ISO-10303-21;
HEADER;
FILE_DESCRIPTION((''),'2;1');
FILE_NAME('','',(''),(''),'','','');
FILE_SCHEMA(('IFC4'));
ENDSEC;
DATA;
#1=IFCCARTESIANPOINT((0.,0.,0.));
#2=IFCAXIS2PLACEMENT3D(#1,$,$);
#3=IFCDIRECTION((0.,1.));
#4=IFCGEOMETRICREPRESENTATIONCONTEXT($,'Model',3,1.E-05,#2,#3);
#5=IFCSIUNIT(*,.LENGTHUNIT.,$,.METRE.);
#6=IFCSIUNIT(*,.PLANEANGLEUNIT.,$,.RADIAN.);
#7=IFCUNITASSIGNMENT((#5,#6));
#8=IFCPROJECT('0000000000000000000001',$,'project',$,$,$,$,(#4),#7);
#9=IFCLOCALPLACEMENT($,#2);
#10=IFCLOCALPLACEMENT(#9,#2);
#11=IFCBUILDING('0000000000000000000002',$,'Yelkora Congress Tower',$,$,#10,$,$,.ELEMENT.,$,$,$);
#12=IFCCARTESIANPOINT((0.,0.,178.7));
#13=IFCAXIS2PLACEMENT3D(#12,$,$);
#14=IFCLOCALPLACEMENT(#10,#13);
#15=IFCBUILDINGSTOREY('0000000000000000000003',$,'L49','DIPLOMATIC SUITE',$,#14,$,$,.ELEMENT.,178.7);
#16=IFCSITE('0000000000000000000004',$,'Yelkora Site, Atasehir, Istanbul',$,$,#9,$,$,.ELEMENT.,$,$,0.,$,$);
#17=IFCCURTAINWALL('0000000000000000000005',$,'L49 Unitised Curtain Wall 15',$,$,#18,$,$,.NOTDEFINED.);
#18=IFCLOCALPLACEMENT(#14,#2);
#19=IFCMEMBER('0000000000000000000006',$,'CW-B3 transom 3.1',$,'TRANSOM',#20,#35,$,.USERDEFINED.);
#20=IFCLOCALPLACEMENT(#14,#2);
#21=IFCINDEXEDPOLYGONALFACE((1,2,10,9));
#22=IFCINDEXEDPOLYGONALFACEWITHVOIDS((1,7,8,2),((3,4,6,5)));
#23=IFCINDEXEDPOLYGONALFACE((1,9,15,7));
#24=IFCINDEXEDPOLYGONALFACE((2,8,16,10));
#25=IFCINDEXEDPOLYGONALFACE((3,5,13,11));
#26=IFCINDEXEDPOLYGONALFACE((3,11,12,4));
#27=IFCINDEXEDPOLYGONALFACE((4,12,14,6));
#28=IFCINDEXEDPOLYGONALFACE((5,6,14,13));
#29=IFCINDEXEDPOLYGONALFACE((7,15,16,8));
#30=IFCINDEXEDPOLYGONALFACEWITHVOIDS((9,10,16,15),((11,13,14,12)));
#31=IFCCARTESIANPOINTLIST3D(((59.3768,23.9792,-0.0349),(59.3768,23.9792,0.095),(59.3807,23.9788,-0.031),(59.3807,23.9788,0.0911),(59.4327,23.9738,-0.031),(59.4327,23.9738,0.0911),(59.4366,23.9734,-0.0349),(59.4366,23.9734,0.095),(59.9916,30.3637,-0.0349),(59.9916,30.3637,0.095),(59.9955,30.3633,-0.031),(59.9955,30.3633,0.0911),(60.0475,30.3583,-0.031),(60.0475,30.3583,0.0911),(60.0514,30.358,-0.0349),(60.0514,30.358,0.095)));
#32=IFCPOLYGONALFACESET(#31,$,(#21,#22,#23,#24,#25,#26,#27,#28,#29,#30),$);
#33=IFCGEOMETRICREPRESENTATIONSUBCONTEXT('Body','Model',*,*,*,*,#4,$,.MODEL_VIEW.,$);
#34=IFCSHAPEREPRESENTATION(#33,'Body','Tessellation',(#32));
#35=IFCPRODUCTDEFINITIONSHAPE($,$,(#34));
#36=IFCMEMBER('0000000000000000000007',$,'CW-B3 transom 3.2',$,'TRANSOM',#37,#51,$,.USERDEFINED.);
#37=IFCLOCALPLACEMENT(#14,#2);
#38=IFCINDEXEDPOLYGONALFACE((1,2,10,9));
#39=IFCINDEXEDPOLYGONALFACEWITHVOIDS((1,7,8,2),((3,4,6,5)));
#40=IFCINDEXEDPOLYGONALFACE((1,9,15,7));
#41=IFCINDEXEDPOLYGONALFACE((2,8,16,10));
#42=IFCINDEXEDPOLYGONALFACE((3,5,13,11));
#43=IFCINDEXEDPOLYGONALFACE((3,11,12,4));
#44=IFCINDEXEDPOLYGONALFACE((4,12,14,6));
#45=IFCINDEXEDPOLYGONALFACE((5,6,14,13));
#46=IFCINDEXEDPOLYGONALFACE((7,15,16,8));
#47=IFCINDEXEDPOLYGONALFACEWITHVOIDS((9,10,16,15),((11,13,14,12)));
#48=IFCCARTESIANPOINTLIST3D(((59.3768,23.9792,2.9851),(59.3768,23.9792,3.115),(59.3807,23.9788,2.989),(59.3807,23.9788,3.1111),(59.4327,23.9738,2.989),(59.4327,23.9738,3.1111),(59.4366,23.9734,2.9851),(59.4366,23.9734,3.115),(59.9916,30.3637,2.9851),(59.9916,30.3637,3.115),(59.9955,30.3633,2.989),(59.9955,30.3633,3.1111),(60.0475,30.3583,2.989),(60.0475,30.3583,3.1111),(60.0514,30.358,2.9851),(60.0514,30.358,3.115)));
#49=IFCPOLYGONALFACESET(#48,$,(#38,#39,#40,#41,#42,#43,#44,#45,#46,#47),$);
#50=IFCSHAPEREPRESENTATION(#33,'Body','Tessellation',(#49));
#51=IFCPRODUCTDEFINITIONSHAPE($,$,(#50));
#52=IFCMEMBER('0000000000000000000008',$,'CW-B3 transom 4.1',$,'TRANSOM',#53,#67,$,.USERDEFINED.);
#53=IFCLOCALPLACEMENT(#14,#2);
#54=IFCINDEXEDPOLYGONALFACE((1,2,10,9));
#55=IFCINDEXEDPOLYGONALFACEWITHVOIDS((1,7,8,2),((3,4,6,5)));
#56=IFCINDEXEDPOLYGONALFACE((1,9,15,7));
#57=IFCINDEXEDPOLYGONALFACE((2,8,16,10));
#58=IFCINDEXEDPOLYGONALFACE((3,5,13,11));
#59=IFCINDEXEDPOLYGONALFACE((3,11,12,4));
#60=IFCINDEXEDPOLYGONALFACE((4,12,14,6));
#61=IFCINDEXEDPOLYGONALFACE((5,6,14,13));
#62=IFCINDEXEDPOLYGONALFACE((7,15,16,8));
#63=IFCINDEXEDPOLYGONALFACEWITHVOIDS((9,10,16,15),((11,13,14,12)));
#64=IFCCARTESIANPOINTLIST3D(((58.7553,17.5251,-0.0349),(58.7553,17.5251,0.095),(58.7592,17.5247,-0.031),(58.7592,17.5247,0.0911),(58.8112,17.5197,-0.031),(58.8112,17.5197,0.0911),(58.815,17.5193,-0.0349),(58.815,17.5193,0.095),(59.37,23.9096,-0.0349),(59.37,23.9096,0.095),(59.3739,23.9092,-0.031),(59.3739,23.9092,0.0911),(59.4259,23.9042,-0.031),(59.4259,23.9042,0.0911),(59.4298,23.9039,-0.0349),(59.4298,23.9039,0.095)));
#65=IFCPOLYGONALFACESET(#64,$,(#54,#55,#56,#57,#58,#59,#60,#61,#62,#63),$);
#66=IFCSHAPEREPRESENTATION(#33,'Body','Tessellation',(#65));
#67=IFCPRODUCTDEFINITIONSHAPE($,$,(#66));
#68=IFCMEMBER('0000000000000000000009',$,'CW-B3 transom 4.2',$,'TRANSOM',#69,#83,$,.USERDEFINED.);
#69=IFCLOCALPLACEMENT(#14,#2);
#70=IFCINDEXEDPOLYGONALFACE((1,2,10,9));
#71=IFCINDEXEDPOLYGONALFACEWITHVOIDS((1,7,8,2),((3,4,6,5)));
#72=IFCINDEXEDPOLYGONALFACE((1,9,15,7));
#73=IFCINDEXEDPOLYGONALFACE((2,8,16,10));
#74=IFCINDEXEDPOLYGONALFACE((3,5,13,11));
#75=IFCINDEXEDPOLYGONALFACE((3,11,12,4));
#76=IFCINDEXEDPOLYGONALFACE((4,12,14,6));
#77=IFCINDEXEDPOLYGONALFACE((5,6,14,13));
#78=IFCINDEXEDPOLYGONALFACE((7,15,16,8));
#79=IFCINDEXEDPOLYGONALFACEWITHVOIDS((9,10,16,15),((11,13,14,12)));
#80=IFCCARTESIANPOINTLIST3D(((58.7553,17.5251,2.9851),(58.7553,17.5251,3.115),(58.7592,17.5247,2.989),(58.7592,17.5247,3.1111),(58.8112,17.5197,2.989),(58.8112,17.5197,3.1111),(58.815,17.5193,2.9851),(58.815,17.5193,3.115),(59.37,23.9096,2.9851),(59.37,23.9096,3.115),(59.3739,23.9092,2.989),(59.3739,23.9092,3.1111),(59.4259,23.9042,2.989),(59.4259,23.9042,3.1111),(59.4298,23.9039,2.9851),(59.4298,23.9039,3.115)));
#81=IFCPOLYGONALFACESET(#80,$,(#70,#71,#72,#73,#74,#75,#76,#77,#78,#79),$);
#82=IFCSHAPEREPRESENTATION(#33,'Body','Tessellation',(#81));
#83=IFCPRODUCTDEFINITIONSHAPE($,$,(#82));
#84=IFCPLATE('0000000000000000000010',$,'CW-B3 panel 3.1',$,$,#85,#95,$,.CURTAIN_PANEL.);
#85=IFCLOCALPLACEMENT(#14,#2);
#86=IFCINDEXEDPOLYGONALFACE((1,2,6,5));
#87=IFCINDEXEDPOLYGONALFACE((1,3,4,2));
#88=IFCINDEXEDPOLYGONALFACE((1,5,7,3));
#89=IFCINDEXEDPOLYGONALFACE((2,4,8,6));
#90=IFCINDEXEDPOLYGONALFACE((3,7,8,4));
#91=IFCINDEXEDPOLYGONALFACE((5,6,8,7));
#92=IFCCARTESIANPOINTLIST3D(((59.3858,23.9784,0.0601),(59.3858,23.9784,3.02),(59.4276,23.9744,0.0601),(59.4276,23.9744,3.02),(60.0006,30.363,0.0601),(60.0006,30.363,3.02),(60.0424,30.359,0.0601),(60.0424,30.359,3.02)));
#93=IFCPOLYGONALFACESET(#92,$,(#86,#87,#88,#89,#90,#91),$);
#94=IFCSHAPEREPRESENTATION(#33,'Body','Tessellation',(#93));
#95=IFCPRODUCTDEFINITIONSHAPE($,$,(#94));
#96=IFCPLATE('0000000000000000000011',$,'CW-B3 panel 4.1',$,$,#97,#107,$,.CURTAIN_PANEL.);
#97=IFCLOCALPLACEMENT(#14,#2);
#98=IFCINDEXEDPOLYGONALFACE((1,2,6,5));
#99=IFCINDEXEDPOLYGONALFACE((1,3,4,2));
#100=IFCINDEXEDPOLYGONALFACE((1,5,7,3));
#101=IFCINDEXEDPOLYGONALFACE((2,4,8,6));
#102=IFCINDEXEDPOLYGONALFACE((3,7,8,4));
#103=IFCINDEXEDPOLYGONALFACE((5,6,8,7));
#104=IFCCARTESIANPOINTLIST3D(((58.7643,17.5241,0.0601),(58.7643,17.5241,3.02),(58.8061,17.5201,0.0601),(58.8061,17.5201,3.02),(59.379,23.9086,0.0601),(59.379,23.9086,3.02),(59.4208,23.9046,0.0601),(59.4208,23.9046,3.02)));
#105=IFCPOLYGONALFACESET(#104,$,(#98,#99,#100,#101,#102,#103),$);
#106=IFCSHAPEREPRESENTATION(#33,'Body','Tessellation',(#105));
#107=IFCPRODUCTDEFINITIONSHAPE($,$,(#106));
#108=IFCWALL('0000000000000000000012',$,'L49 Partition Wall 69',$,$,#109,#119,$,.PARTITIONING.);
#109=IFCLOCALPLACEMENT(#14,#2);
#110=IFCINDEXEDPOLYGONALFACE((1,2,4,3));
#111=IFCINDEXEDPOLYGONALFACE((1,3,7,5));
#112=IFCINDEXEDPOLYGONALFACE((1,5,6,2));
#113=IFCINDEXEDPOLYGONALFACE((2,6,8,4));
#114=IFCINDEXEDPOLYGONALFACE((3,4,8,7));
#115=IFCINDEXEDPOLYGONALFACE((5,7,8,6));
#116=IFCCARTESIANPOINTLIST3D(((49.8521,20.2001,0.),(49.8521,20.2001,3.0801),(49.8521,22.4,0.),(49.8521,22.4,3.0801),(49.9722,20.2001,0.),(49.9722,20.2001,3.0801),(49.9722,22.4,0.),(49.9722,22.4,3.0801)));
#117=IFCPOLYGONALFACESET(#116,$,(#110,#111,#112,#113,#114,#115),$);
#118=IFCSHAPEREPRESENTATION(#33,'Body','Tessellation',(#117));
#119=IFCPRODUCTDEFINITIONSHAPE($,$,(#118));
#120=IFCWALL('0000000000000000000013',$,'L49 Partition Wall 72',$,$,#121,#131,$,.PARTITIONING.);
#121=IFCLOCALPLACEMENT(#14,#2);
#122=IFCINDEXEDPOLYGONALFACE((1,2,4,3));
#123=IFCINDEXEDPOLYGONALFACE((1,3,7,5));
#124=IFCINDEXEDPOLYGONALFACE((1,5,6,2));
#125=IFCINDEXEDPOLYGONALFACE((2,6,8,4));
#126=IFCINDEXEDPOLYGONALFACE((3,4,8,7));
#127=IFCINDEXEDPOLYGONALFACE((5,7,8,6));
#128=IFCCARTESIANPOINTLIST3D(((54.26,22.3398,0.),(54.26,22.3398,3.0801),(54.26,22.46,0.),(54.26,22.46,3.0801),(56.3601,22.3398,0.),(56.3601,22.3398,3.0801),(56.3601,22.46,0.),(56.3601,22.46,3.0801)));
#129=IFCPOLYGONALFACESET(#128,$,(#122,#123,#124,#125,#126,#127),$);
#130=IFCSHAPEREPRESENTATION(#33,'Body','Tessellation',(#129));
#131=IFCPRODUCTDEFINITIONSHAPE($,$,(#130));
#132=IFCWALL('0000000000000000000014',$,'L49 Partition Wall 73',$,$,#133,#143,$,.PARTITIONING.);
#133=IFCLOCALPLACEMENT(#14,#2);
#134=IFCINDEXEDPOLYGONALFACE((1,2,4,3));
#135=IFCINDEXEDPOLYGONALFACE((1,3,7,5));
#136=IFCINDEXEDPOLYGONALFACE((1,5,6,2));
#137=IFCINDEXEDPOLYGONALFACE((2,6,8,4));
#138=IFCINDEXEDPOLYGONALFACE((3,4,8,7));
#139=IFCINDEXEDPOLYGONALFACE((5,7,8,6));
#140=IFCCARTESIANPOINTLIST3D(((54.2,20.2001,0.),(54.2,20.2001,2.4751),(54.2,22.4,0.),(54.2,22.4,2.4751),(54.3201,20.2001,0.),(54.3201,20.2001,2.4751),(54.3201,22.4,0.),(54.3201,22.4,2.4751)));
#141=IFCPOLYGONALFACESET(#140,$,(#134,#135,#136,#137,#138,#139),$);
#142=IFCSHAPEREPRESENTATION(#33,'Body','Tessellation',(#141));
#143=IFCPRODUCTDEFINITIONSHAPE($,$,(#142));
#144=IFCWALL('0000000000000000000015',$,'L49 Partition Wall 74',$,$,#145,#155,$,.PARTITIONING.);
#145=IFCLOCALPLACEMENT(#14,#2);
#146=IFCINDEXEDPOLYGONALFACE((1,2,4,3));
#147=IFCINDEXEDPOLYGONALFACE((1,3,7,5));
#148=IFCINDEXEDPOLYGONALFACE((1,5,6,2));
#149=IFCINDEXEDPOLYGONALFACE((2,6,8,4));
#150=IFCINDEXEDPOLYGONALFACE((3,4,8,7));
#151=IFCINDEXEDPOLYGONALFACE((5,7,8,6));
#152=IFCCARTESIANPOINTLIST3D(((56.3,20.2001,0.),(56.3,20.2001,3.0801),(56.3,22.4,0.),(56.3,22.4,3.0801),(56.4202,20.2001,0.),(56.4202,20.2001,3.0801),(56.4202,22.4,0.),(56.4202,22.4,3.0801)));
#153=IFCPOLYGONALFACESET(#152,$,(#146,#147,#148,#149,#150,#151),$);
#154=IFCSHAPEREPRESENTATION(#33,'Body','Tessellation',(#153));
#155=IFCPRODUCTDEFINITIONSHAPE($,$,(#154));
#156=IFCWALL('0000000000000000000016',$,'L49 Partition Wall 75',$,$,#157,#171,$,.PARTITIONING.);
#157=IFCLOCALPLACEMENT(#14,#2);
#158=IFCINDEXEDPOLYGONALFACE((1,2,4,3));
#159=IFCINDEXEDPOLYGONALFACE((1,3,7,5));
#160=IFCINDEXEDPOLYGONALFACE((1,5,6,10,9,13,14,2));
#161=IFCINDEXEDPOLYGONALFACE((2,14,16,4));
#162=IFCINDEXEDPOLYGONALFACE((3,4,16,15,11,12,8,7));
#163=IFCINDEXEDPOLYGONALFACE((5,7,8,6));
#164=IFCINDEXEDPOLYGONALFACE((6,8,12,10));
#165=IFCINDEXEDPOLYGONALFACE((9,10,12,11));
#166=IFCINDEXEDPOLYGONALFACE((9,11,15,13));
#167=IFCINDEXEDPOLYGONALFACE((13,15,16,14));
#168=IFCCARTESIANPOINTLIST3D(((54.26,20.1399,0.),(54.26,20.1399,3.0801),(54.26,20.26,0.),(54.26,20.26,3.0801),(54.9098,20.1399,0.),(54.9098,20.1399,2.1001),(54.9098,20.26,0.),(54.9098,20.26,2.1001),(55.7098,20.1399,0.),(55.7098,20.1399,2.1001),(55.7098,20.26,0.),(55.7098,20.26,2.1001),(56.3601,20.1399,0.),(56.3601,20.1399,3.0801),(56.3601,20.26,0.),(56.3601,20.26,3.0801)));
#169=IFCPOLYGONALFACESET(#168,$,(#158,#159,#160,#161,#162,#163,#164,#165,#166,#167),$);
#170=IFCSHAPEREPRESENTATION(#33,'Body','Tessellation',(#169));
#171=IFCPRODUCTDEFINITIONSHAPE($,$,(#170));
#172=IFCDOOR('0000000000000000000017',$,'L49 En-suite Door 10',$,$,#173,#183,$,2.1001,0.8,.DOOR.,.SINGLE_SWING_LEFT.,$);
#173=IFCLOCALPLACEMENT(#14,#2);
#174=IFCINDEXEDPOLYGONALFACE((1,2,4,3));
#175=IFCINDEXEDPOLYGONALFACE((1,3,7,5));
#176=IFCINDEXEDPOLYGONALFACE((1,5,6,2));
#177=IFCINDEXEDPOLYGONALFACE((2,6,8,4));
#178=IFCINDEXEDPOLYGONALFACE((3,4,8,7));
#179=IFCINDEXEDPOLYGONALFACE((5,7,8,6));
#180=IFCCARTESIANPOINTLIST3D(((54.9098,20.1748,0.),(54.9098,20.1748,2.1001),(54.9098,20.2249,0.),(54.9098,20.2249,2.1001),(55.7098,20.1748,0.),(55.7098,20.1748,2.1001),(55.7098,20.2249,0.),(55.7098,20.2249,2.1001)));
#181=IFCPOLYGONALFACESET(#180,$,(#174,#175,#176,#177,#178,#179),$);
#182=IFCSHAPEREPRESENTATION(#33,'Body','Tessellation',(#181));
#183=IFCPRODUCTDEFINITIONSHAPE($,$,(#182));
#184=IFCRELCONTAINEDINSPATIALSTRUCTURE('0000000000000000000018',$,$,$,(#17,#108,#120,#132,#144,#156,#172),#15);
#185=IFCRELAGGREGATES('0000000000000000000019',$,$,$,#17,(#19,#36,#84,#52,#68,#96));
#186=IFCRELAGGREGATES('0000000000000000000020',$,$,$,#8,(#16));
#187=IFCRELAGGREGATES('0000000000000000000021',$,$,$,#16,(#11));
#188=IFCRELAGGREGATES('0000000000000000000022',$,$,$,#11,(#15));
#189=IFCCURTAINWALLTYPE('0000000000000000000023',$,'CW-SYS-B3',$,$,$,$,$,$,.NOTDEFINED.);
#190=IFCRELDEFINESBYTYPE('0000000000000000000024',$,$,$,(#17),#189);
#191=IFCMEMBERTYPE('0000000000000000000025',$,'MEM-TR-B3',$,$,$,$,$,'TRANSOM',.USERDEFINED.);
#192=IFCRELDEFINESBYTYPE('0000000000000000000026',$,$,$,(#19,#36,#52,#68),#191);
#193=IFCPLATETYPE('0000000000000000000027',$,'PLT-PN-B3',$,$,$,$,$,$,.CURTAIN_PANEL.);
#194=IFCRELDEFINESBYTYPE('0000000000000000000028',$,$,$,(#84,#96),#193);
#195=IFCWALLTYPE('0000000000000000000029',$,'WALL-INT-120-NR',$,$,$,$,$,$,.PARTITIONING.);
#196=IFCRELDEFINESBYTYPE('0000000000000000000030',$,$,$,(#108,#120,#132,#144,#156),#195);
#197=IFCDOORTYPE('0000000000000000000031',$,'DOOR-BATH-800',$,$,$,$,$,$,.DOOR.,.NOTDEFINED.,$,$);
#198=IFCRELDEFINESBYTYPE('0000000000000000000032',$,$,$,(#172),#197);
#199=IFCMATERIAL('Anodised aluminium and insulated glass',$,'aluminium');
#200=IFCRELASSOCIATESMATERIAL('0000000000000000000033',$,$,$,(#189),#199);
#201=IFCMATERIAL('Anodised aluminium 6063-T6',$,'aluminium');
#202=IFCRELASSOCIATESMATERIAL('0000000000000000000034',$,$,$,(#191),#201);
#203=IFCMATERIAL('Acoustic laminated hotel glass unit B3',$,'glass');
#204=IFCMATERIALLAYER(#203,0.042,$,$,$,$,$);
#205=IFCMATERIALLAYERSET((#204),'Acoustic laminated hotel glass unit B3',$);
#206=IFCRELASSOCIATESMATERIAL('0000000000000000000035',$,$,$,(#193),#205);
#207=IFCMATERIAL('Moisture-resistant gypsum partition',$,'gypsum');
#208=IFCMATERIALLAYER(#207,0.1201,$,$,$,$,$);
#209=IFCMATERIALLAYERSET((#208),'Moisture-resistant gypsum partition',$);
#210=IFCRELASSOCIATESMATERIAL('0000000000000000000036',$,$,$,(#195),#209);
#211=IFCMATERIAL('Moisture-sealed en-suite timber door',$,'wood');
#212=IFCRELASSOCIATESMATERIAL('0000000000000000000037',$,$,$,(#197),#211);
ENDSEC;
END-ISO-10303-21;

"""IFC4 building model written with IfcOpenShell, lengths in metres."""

from ifc_helpers import new_model, si_unit, direction, frame, frame_2d, origin, origin_2d, place, context, subcontext, project, spatial, rectangle, hollow_rectangle, extrude, material, layer, layer_set, material_profile, profile_set, type_object, element, fill, aggregate, save


model = new_model("IFC4")

# Units and contexts
model_context = context("Model", 3, precision=1e-05, world=origin(), true_north=direction((0.0, 1.0)))
body_context = subcontext(model_context, "Body", "Model", "MODEL_VIEW")
ifc_project = project(units=[si_unit("LENGTHUNIT", "METRE"), si_unit("PLANEANGLEUNIT", "RADIAN")], contexts=[model_context])

# Site, building, storey
site_placement = place(None, origin())
site = spatial("IfcSite", under=ifc_project, at=site_placement, Name="Yelkora Site, Atasehir, Istanbul", CompositionType="ELEMENT", RefElevation=0.0)
building_placement = place(site_placement, origin())
building = spatial("IfcBuilding", under=site, at=building_placement, Name="Yelkora Congress Tower", CompositionType="ELEMENT")
storey_placement = place(building_placement, frame((0.0, 0.0, 178.7)))
storey = spatial("IfcBuildingStorey", under=building, at=storey_placement, Name="L49", Description="DIPLOMATIC SUITE", CompositionType="ELEMENT", Elevation=178.7)

# Curtain wall, members, plates
ifc_material_1 = material(Name="Anodised aluminium and insulated glass", Category="aluminium")
curtain_wall_type = type_object("IfcCurtainWallType", Name="CW-SYS-B3", PredefinedType="NOTDEFINED", material=ifc_material_1)
curtain_wall_placement = place(storey_placement, origin())
curtain_wall = element("IfcCurtainWall", 1, at=curtain_wall_placement, inside=storey, type_object=curtain_wall_type, Name="L49 Unitised Curtain Wall 15", PredefinedType="NOTDEFINED")
ifc_material_2 = material(Name="Anodised aluminium 6063-T6", Category="aluminium")
ifc_material_profile_1 = material_profile(ifc_material_2, hollow_rectangle(XDim=0.0601, YDim=0.1299, WallThickness=0.0039, at=origin_2d()), Name="ALU 60x130x4")
ifc_profile_set_1 = profile_set([ifc_material_profile_1], Name="Anodised aluminium 6063-T6")
member_type_1 = type_object("IfcMemberType", Name="MEM-TR-B3", ElementType="TRANSOM", PredefinedType="USERDEFINED", material=ifc_profile_set_1)
member_1_placement = place(storey_placement, frame((60.0215, 30.3608, 0.03), z_axis=(-0.095844, -0.995396, 0.0), x_axis=(0.995396, -0.095844, 0.0)))
member_1 = element("IfcMember", 2, at=member_1_placement, type_object=member_type_1, Name="CW-B3 transom 3.1", ObjectType="TRANSOM", PredefinedType="USERDEFINED", context=body_context, shape_type="SweptSolid", body=[
    extrude(hollow_rectangle(XDim=0.0601, YDim=0.1299, WallThickness=0.0039, at=origin_2d()), origin(), (0.0, 0.0, 1.0), 6.4141),
])
member_2_placement = place(storey_placement, frame((60.0215, 30.3608, 3.05), z_axis=(-0.095844, -0.995396, 0.0), x_axis=(0.995396, -0.095844, 0.0)))
member_2 = element("IfcMember", 3, at=member_2_placement, type_object=member_type_1, Name="CW-B3 transom 3.2", ObjectType="TRANSOM", PredefinedType="USERDEFINED", context=body_context, shape_type="SweptSolid", body=[
    extrude(hollow_rectangle(XDim=0.0601, YDim=0.1299, WallThickness=0.0039, at=origin_2d()), origin(), (0.0, 0.0, 1.0), 6.4141),
])
member_3_placement = place(storey_placement, frame((59.3999, 23.9067, 0.03), z_axis=(-0.095844, -0.995396, 0.0), x_axis=(0.995396, -0.095844, 0.0)))
member_3 = element("IfcMember", 4, at=member_3_placement, type_object=member_type_1, Name="CW-B3 transom 4.1", ObjectType="TRANSOM", PredefinedType="USERDEFINED", context=body_context, shape_type="SweptSolid", body=[
    extrude(hollow_rectangle(XDim=0.0601, YDim=0.1299, WallThickness=0.0039, at=origin_2d()), origin(), (0.0, 0.0, 1.0), 6.4141),
])
member_4_placement = place(storey_placement, frame((59.3999, 23.9067, 3.05), z_axis=(-0.095844, -0.995396, 0.0), x_axis=(0.995396, -0.095844, 0.0)))
member_4 = element("IfcMember", 5, at=member_4_placement, type_object=member_type_1, Name="CW-B3 transom 4.2", ObjectType="TRANSOM", PredefinedType="USERDEFINED", context=body_context, shape_type="SweptSolid", body=[
    extrude(hollow_rectangle(XDim=0.0601, YDim=0.1299, WallThickness=0.0039, at=origin_2d()), origin(), (0.0, 0.0, 1.0), 6.4141),
])
ifc_material_3 = material(Name="Acoustic laminated hotel glass unit B3", Category="glass")
ifc_layer_1 = layer(ifc_material_3, 0.042)
ifc_layer_set_1 = layer_set([ifc_layer_1], Name="Acoustic laminated hotel glass unit B3")
plate_type = type_object("IfcPlateType", Name="PLT-PN-B3", PredefinedType="CURTAIN_PANEL", material=ifc_layer_set_1)
plate_1_placement = place(storey_placement, frame((59.7141, 27.1687, 0.0601), z_axis=(0.0, 0.0, 1.0), x_axis=(-0.095842, -0.995397, 0.0)))
plate_1 = element("IfcPlate", 6, at=plate_1_placement, type_object=plate_type, Name="CW-B3 panel 3.1", PredefinedType="CURTAIN_PANEL", context=body_context, shape_type="SweptSolid", body=[
    extrude(rectangle(XDim=6.4141, YDim=0.042, at=origin_2d()), origin(), (0.0, 0.0, 1.0), 2.96),
])
plate_2_placement = place(storey_placement, frame((59.0925, 20.7144, 0.0601), z_axis=(0.0, 0.0, 1.0), x_axis=(-0.095842, -0.995397, 0.0)))
plate_2 = element("IfcPlate", 7, at=plate_2_placement, type_object=plate_type, Name="CW-B3 panel 4.1", PredefinedType="CURTAIN_PANEL", context=body_context, shape_type="SweptSolid", body=[
    extrude(rectangle(XDim=6.4141, YDim=0.042, at=origin_2d()), origin(), (0.0, 0.0, 1.0), 2.96),
])
aggregate(curtain_wall, [member_1, member_2, plate_1, member_3, member_4, plate_2])

# Walls
ifc_material_4 = material(Name="Moisture-resistant gypsum partition", Category="gypsum")
ifc_layer_2 = layer(ifc_material_4, 0.1201)
ifc_layer_set_2 = layer_set([ifc_layer_2], Name="Moisture-resistant gypsum partition")
wall_type_1 = type_object("IfcWallType", Name="WALL-INT-120-NR", PredefinedType="PARTITIONING", material=ifc_layer_set_2)
wall_1_placement = place(storey_placement, frame((49.9121, 20.2, 0.0), z_axis=(0.0, 0.0, 1.0), x_axis=(0.0, 1.0, 0.0)))
element("IfcWall", 8, at=wall_1_placement, inside=storey, type_object=wall_type_1, Name="L49 Partition Wall 69", PredefinedType="PARTITIONING", context=body_context, shape_type="SweptSolid", body=[
    extrude(rectangle(XDim=2.2, YDim=0.1201, at=frame_2d((1.1001, 0.0))), origin(), (0.0, 0.0, 1.0), 3.0801),
])
wall_2_placement = place(storey_placement, frame((54.26, 22.3999, 0.0), z_axis=(0.0, 0.0, 1.0), x_axis=(1.0, 0.0, 0.0)))
element("IfcWall", 9, at=wall_2_placement, inside=storey, type_object=wall_type_1, Name="L49 Partition Wall 72", PredefinedType="PARTITIONING", context=body_context, shape_type="SweptSolid", body=[
    extrude(rectangle(XDim=2.1001, YDim=0.1201, at=frame_2d((1.05, 0.0))), origin(), (0.0, 0.0, 1.0), 3.0801),
])
wall_3_placement = place(storey_placement, frame((54.26, 20.2, 0.0), z_axis=(0.0, 0.0, 1.0), x_axis=(0.0, 1.0, 0.0)))
element("IfcWall", 10, at=wall_3_placement, inside=storey, type_object=wall_type_1, Name="L49 Partition Wall 73", PredefinedType="PARTITIONING", context=body_context, shape_type="SweptSolid", body=[
    extrude(rectangle(XDim=2.2, YDim=0.1201, at=frame_2d((1.1001, 0.0))), origin(), (0.0, 0.0, 1.0), 2.4751),
])
wall_4_placement = place(storey_placement, frame((56.3601, 20.2, 0.0), z_axis=(0.0, 0.0, 1.0), x_axis=(0.0, 1.0, 0.0)))
element("IfcWall", 11, at=wall_4_placement, inside=storey, type_object=wall_type_1, Name="L49 Partition Wall 74", PredefinedType="PARTITIONING", context=body_context, shape_type="SweptSolid", body=[
    extrude(rectangle(XDim=2.2, YDim=0.1201, at=frame_2d((1.1001, 0.0))), origin(), (0.0, 0.0, 1.0), 3.0801),
])

# Wall, opening, door
wall_5_placement = place(storey_placement, frame((54.26, 20.2, 0.0), z_axis=(0.0, 0.0, 1.0), x_axis=(1.0, 0.0, 0.0)))
wall_5 = element("IfcWall", 12, at=wall_5_placement, inside=storey, type_object=wall_type_1, Name="L49 Partition Wall 75", PredefinedType="PARTITIONING", context=body_context, shape_type="SweptSolid", body=[
    extrude(rectangle(XDim=2.1001, YDim=0.1201, at=frame_2d((1.05, 0.0))), origin(), (0.0, 0.0, 1.0), 3.0801),
])
opening_1_placement = place(wall_5_placement, frame((0.6499, 0.0, 0.0)))
opening_1 = element("IfcOpeningElement", 13, at=opening_1_placement, cuts=wall_5, PredefinedType="OPENING", context=body_context, shape_type="SweptSolid", body=[
    extrude(rectangle(XDim=0.8, YDim=2.1001, at=frame_2d((0.3999, 1.05))), frame((0.0, 0.0701, 0.0), z_axis=(0.0, -1.0, 0.0), x_axis=(1.0, 0.0, 0.0)), (0.0, 0.0, 1.0), 0.1401),
])
ifc_material_5 = material(Name="Moisture-sealed en-suite timber door", Category="wood")
door_type_1 = type_object("IfcDoorType", Name="DOOR-BATH-800", OperationType="NOTDEFINED", PredefinedType="DOOR", material=ifc_material_5)
door_1_placement = place(opening_1_placement, origin())
door_1 = element("IfcDoor", 14, at=door_1_placement, inside=storey, type_object=door_type_1, Name="L49 En-suite Door 10", OperationType="SINGLE_SWING_LEFT", OverallHeight=2.1001, OverallWidth=0.8, PredefinedType="DOOR", context=body_context, shape_type="SweptSolid", body=[
    extrude(rectangle(XDim=0.8, YDim=2.1001, at=frame_2d((0.3999, 1.05))), frame((0.0, 0.0249, 0.0), z_axis=(0.0, -1.0, 0.0), x_axis=(1.0, 0.0, 0.0)), (0.0, 0.0, 1.0), 0.05),
])
fill(opening_1, door_1)

save(model, "model.ifc")
